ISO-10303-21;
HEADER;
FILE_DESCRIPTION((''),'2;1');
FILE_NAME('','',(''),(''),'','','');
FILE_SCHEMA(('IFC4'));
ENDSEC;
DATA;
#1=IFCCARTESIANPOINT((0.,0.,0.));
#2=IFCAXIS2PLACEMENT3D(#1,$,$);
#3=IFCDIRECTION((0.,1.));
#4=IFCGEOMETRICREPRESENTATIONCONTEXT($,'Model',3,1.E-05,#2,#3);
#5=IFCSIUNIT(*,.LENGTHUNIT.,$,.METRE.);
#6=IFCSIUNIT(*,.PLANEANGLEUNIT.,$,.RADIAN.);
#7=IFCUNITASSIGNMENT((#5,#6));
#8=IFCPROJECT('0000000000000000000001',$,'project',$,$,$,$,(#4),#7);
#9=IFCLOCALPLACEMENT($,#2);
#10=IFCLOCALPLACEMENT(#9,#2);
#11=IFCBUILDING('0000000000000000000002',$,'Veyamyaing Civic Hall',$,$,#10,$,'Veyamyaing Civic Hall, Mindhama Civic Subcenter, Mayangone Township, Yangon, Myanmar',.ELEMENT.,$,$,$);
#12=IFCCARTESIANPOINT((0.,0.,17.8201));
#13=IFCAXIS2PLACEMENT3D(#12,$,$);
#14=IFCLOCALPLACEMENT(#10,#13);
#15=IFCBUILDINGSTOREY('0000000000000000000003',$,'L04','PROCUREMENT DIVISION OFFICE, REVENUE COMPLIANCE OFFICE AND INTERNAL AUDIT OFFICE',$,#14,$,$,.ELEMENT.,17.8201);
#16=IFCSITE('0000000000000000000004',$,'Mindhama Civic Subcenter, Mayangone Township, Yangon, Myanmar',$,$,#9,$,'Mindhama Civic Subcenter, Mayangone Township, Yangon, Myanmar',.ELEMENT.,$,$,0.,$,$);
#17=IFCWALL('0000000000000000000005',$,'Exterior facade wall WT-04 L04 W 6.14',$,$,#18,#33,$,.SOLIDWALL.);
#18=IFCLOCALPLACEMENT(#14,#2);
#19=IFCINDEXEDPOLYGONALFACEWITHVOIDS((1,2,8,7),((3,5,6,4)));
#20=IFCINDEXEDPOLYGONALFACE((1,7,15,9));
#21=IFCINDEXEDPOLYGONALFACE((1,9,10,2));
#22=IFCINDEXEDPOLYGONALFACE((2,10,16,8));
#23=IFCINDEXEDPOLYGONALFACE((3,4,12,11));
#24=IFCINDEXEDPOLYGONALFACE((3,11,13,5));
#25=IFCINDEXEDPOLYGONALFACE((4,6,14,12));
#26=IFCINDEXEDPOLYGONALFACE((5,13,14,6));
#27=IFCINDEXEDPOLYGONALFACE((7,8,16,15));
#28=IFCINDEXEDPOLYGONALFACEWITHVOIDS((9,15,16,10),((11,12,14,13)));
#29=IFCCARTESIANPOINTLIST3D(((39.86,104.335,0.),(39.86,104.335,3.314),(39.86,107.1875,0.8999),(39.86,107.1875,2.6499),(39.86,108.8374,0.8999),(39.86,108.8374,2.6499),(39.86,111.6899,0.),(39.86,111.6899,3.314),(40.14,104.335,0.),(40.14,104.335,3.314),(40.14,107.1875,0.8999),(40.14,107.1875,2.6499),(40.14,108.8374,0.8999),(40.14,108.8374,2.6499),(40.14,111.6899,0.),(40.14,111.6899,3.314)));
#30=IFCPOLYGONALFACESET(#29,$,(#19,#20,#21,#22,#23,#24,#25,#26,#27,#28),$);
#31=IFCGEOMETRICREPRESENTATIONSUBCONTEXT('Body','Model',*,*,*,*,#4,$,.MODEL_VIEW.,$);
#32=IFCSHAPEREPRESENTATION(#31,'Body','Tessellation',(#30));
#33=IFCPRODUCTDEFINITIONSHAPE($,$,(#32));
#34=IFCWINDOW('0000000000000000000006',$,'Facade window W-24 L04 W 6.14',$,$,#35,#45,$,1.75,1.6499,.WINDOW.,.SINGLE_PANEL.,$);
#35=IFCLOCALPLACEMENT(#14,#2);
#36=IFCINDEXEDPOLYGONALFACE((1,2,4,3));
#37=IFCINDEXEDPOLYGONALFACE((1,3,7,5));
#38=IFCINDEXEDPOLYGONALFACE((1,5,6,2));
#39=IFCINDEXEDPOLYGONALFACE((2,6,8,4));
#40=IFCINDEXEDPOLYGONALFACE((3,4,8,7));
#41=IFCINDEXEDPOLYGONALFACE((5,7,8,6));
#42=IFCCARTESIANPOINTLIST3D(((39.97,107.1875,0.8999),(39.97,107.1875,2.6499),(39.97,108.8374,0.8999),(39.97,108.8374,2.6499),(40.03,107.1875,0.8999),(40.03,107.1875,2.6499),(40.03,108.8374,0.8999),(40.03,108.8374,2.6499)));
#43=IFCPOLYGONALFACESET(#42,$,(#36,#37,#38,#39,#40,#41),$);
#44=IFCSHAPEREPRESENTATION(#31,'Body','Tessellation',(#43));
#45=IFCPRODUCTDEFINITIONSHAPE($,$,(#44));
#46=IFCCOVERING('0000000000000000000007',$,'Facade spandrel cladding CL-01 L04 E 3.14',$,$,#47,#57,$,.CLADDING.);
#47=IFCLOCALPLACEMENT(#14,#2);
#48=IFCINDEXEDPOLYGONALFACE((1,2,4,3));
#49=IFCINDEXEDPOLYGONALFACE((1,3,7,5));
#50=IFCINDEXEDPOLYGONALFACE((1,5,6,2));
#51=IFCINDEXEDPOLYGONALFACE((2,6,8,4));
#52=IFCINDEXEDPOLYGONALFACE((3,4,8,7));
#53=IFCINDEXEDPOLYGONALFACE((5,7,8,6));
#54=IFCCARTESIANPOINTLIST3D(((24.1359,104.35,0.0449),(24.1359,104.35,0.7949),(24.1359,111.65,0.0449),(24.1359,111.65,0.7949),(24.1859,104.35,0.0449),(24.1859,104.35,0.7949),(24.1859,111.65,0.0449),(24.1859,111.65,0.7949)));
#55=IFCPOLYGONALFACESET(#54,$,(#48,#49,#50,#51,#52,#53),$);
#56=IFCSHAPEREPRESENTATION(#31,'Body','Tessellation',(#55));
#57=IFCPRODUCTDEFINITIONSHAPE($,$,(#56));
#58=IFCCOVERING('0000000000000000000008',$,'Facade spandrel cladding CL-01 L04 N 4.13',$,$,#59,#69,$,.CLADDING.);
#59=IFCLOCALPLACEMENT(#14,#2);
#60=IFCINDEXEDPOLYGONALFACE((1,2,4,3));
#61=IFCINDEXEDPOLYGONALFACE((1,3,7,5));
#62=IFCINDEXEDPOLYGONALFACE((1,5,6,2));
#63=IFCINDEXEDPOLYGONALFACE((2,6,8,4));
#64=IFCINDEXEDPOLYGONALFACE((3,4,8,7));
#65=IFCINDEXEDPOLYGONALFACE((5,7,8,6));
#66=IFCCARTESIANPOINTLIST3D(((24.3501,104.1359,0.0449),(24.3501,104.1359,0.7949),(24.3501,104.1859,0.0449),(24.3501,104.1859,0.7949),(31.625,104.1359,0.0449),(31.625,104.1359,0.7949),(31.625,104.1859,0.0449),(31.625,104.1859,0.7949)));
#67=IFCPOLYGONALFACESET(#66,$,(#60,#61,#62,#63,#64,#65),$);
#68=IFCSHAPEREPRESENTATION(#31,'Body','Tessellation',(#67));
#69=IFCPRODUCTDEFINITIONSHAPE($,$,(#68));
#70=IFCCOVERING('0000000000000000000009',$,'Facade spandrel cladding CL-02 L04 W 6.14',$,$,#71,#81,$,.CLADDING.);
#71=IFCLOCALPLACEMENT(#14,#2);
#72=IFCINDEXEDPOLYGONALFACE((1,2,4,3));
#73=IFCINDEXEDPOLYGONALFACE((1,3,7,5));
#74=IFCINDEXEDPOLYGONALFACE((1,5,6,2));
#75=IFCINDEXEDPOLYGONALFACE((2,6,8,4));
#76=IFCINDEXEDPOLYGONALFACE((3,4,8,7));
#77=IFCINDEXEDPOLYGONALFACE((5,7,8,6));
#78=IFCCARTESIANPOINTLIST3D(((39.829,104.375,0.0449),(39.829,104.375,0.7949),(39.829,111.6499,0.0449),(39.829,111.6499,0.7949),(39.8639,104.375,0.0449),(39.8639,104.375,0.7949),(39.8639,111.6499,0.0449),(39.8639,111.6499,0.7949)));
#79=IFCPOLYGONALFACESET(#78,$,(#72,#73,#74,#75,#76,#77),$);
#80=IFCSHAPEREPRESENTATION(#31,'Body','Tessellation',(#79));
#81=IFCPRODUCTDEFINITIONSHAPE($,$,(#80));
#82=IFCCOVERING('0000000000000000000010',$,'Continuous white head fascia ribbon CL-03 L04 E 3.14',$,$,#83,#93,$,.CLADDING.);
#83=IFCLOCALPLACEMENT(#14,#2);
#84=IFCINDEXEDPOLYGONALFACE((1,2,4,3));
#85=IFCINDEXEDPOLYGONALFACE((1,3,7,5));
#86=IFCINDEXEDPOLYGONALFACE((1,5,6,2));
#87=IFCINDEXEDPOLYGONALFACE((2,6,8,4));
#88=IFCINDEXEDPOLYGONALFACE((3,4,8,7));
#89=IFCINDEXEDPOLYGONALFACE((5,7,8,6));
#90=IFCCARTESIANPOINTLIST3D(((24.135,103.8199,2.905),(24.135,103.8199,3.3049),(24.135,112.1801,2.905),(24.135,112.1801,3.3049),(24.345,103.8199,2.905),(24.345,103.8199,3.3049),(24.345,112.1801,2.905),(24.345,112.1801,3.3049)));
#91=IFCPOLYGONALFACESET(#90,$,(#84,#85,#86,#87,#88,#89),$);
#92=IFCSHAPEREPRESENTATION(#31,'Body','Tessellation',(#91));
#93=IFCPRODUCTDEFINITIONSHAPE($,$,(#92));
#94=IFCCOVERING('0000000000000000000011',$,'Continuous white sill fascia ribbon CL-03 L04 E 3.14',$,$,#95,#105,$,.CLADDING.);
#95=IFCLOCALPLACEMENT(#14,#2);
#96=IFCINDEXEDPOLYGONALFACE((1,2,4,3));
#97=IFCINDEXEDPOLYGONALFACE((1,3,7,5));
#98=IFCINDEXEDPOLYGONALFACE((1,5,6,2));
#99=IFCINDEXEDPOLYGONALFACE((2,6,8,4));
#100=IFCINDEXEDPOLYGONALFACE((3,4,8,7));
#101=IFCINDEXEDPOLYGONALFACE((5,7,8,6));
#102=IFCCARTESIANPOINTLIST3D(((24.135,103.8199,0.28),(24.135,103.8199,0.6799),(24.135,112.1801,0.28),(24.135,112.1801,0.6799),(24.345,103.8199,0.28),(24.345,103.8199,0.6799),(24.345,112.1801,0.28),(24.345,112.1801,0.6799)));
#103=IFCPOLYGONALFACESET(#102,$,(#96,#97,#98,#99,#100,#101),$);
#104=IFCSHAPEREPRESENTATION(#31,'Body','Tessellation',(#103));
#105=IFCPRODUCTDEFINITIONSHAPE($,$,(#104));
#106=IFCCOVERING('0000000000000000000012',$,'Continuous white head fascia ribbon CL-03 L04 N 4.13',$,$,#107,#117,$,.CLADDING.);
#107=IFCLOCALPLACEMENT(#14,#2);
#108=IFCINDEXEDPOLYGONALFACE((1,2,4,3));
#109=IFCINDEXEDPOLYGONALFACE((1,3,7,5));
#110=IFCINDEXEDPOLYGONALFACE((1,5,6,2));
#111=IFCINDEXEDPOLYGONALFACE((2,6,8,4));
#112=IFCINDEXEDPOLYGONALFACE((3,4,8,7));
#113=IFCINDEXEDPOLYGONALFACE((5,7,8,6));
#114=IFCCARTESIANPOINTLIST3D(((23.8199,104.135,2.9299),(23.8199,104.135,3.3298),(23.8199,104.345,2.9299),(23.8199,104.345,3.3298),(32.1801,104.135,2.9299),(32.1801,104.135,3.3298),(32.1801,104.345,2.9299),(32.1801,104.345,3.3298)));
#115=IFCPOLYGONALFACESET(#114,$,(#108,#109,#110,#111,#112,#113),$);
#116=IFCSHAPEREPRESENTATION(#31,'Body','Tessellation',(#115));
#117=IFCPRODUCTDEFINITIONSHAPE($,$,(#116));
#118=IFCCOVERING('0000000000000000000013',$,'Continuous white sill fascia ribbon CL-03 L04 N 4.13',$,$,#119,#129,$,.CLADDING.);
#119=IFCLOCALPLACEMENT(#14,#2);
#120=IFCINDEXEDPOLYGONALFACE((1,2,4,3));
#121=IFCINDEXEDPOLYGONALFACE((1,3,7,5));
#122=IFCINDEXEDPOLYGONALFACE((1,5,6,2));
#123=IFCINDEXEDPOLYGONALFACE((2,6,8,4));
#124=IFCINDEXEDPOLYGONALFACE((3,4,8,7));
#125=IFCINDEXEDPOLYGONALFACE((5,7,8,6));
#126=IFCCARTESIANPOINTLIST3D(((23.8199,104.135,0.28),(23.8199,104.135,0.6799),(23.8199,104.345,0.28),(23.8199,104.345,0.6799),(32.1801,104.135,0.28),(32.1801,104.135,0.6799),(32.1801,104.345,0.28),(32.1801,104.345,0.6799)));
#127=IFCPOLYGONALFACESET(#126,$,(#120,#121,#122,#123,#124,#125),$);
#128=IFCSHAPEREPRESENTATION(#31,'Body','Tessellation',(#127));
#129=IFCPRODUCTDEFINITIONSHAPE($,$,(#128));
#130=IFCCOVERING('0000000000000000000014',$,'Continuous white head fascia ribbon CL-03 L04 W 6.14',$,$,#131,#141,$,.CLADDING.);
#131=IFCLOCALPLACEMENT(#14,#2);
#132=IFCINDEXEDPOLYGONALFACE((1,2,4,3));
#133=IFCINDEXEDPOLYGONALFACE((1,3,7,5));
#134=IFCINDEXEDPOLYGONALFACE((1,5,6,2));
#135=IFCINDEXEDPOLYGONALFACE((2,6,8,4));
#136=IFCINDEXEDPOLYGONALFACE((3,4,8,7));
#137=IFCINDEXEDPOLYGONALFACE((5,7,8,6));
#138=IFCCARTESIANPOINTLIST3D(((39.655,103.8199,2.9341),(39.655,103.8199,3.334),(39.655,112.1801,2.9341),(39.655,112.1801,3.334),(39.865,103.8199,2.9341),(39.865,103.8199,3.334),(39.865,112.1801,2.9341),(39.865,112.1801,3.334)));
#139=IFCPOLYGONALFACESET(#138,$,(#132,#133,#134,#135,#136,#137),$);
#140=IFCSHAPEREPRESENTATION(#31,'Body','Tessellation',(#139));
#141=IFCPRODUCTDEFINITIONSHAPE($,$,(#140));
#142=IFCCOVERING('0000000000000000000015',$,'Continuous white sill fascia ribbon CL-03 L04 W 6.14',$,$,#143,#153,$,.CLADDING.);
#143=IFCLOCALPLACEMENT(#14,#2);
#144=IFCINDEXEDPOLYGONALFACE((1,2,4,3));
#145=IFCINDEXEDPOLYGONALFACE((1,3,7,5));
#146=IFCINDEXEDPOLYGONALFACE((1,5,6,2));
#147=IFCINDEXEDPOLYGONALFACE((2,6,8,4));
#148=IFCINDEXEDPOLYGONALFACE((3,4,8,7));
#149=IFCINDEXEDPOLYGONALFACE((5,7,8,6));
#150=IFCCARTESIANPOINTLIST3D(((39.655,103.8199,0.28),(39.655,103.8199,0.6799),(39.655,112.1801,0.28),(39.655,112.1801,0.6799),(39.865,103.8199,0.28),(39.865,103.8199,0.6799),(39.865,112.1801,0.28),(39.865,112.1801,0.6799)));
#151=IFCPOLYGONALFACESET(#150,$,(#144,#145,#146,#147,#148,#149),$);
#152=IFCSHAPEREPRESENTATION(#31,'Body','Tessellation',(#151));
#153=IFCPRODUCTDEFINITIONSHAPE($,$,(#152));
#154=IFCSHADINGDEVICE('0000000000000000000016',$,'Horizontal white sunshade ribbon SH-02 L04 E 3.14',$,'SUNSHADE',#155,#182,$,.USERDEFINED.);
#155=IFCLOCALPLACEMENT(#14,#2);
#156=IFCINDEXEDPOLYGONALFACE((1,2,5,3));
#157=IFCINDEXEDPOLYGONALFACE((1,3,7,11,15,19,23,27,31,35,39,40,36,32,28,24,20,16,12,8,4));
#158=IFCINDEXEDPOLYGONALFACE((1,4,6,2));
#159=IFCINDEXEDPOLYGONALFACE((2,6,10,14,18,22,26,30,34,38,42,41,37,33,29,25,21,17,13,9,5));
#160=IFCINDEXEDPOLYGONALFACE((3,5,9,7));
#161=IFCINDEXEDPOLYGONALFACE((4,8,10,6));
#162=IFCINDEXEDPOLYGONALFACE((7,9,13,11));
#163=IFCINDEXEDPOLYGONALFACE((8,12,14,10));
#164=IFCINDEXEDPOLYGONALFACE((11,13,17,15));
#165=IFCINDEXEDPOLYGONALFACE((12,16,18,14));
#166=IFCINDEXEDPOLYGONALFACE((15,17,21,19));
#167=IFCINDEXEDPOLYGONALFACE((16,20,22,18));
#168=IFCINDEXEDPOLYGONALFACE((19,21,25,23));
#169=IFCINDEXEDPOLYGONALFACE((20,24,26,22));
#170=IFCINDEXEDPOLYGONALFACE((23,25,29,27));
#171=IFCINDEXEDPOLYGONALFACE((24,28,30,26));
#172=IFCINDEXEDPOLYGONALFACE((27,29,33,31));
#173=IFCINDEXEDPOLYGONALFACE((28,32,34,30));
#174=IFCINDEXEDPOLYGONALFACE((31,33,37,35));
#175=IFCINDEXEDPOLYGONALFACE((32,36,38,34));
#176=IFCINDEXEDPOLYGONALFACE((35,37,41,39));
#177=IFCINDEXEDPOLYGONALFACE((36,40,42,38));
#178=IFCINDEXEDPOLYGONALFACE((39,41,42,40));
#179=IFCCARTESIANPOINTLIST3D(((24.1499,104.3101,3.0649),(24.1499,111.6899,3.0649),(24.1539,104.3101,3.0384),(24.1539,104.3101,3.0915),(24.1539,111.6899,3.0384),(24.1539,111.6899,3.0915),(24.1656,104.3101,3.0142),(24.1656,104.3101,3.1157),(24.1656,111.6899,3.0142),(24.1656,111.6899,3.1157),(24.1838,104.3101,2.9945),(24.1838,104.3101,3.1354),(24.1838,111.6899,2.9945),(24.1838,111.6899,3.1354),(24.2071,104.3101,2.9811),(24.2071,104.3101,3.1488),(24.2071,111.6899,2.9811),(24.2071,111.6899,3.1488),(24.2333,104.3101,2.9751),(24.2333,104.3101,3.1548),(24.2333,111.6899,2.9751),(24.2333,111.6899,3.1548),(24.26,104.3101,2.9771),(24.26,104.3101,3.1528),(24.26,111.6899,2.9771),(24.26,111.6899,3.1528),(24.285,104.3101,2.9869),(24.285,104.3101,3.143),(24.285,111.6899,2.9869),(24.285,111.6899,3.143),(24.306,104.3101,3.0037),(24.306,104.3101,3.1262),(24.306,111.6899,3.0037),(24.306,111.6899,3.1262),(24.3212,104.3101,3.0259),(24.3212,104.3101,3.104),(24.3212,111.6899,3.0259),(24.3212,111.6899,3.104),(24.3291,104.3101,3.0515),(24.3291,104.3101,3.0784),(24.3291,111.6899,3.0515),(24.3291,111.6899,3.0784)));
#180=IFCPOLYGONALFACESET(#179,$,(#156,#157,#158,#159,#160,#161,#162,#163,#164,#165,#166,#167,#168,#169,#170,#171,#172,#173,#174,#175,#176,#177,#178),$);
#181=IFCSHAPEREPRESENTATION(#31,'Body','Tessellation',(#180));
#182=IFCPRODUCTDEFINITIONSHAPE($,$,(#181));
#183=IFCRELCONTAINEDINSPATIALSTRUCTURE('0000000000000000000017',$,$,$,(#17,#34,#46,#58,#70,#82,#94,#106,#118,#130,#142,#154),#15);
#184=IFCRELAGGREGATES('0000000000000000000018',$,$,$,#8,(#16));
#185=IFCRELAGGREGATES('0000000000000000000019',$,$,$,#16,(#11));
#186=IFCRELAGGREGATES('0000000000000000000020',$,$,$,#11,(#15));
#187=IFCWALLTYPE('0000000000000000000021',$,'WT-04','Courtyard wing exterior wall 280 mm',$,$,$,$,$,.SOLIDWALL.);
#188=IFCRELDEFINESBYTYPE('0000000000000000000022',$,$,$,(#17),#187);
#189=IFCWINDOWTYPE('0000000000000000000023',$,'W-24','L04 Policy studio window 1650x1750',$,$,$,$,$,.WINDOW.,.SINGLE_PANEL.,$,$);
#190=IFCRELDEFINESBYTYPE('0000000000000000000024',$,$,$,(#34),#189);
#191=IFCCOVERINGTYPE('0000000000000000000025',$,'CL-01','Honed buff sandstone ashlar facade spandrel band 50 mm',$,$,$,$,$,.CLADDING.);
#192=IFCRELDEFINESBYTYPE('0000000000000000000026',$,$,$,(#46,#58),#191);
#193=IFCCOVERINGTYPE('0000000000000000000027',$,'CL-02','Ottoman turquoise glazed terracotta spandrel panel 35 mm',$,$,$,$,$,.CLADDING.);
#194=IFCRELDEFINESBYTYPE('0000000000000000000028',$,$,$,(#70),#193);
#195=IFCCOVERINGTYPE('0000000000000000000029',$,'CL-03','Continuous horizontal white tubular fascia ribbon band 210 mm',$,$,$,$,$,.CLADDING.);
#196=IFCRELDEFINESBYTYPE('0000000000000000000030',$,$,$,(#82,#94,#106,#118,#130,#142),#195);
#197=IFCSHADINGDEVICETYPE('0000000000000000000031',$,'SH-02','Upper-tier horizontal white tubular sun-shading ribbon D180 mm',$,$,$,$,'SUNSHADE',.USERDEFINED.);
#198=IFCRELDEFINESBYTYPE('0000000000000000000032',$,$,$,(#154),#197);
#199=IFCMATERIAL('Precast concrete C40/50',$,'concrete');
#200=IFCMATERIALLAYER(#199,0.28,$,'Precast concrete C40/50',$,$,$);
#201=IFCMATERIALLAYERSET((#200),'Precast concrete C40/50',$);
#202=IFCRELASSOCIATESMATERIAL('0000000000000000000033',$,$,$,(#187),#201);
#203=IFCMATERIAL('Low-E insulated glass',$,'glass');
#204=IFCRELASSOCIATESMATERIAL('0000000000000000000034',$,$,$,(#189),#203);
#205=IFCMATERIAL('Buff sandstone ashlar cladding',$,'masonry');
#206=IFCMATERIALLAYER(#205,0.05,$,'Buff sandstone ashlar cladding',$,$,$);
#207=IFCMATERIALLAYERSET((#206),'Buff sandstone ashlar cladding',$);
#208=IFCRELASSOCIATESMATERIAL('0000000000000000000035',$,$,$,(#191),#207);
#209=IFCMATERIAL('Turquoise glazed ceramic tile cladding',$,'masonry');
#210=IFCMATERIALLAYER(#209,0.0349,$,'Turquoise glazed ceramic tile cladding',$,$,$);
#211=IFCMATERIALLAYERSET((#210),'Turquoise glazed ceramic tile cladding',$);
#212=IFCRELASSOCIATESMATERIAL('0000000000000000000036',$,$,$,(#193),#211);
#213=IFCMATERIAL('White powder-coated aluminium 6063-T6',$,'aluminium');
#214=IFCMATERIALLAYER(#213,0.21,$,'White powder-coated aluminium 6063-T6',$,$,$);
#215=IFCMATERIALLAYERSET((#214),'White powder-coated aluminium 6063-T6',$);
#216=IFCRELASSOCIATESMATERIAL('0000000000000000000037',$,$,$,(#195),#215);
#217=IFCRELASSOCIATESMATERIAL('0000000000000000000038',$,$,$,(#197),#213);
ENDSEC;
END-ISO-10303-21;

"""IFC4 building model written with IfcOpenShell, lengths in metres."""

from ifc_helpers import new_model, si_unit, direction, frame, frame_2d, origin, origin_2d, place, context, subcontext, project, spatial, rectangle, circle, extrude, material, layer, layer_set, material_profile, profile_set, type_object, element, fill, save


model = new_model("IFC4")

# Units and contexts
model_context = context("Model", 3, precision=1e-05, world=origin(), true_north=direction((0.0, 1.0)))
body_context = subcontext(model_context, "Body", "Model", "MODEL_VIEW")
ifc_project = project(units=[si_unit("LENGTHUNIT", "METRE"), si_unit("PLANEANGLEUNIT", "RADIAN")], contexts=[model_context])

# Site, building, storey
site_placement = place(None, origin())
site = spatial("IfcSite", under=ifc_project, at=site_placement, Name="Mindhama Civic Subcenter, Mayangone Township, Yangon, Myanmar", LongName="Mindhama Civic Subcenter, Mayangone Township, Yangon, Myanmar", CompositionType="ELEMENT", RefElevation=0.0)
building_placement = place(site_placement, origin())
building = spatial("IfcBuilding", under=site, at=building_placement, Name="Veyamyaing Civic Hall", LongName="Veyamyaing Civic Hall, Mindhama Civic Subcenter, Mayangone Township, Yangon, Myanmar", CompositionType="ELEMENT")
storey_placement = place(building_placement, frame((0.0, 0.0, 17.8201)))
storey = spatial("IfcBuildingStorey", under=building, at=storey_placement, Name="L04", Description="PROCUREMENT DIVISION OFFICE, REVENUE COMPLIANCE OFFICE AND INTERNAL AUDIT OFFICE", CompositionType="ELEMENT", Elevation=17.8201)

# Wall, opening, window
ifc_material_1 = material(Name="Precast concrete C40/50", Category="concrete")
ifc_layer_1 = layer(ifc_material_1, 0.28, Name="Precast concrete C40/50")
ifc_layer_set_1 = layer_set([ifc_layer_1], Name="Precast concrete C40/50")
wall_type = type_object("IfcWallType", Name="WT-04", Description="Courtyard wing exterior wall 280 mm", PredefinedType="SOLIDWALL", material=ifc_layer_set_1)
ifc_material_2 = material(Name="Low-E insulated glass", Category="glass")
wall_1_placement = place(storey_placement, frame((40.0, 104.335, 0.0), z_axis=(0.0, 0.0, 1.0), x_axis=(0.0, 1.0, 0.0)))
wall_1 = element("IfcWall", 1, at=wall_1_placement, inside=storey, type_object=wall_type, Name="Exterior facade wall WT-04 L04 W 6.14", PredefinedType="SOLIDWALL", context=body_context, shape_type="SweptSolid", body=[
    extrude(rectangle(XDim=7.355, YDim=0.28, at=frame_2d((3.6775, 0.0))), origin(), (0.0, 0.0, 1.0), 3.314),
])
opening_1_placement = place(wall_1_placement, frame((2.8525, 0.0, 0.8999)))
opening_1 = element("IfcOpeningElement", 2, at=opening_1_placement, cuts=wall_1, PredefinedType="OPENING", context=body_context, shape_type="SweptSolid", body=[
    extrude(rectangle(XDim=1.6499, YDim=1.75, at=frame_2d((0.825, 0.875))), frame((0.0, 0.1499, 0.0), z_axis=(0.0, -1.0, 0.0), x_axis=(1.0, 0.0, 0.0)), (0.0, 0.0, 1.0), 0.3),
])
window_type_1 = type_object("IfcWindowType", Name="W-24", Description="L04 Policy studio window 1650x1750", PartitioningType="SINGLE_PANEL", PredefinedType="WINDOW", material=ifc_material_2)
window_1_placement = place(opening_1_placement, origin())
window_1 = element("IfcWindow", 3, at=window_1_placement, inside=storey, type_object=window_type_1, Name="Facade window W-24 L04 W 6.14", OverallHeight=1.75, OverallWidth=1.6499, PartitioningType="SINGLE_PANEL", PredefinedType="WINDOW", context=body_context, shape_type="SweptSolid", body=[
    extrude(rectangle(XDim=1.6499, YDim=1.75, at=frame_2d((0.825, 0.875))), frame((0.0, 0.03, 0.0), z_axis=(0.0, -1.0, 0.0), x_axis=(1.0, 0.0, 0.0)), (0.0, 0.0, 1.0), 0.0601),
])
fill(opening_1, window_1)

# Coverings
ifc_material_3 = material(Name="Buff sandstone ashlar cladding", Category="masonry")
ifc_layer_2 = layer(ifc_material_3, 0.05, Name="Buff sandstone ashlar cladding")
ifc_layer_set_2 = layer_set([ifc_layer_2], Name="Buff sandstone ashlar cladding")
covering_type_1 = type_object("IfcCoveringType", Name="CL-01", Description="Honed buff sandstone ashlar facade spandrel band 50 mm", PredefinedType="CLADDING", material=ifc_layer_set_2)
covering_1_placement = place(storey_placement, frame((24.1609, 108.0, 0.0449), z_axis=(0.0, 0.0, 1.0), x_axis=(0.0, 1.0, 0.0)))
element("IfcCovering", 4, at=covering_1_placement, inside=storey, type_object=covering_type_1, Name="Facade spandrel cladding CL-01 L04 E 3.14", PredefinedType="CLADDING", context=body_context, shape_type="SweptSolid", body=[
    extrude(rectangle(XDim=7.3, YDim=0.05, at=origin_2d()), origin(), (0.0, 0.0, 1.0), 0.75),
])
covering_2_placement = place(storey_placement, frame((27.9875, 104.1609, 0.0449), z_axis=(0.0, 0.0, 1.0), x_axis=(1.0, 0.0, 0.0)))
element("IfcCovering", 5, at=covering_2_placement, inside=storey, type_object=covering_type_1, Name="Facade spandrel cladding CL-01 L04 N 4.13", PredefinedType="CLADDING", context=body_context, shape_type="SweptSolid", body=[
    extrude(rectangle(XDim=7.2749, YDim=0.05, at=origin_2d()), origin(), (0.0, 0.0, 1.0), 0.75),
])
ifc_material_4 = material(Name="Turquoise glazed ceramic tile cladding", Category="masonry")
ifc_layer_3 = layer(ifc_material_4, 0.0349, Name="Turquoise glazed ceramic tile cladding")
ifc_layer_set_3 = layer_set([ifc_layer_3], Name="Turquoise glazed ceramic tile cladding")
covering_type_2 = type_object("IfcCoveringType", Name="CL-02", Description="Ottoman turquoise glazed terracotta spandrel panel 35 mm", PredefinedType="CLADDING", material=ifc_layer_set_3)
covering_3_placement = place(storey_placement, frame((39.8464, 108.0125, 0.0449), z_axis=(0.0, 0.0, 1.0), x_axis=(0.0, 1.0, 0.0)))
element("IfcCovering", 6, at=covering_3_placement, inside=storey, type_object=covering_type_2, Name="Facade spandrel cladding CL-02 L04 W 6.14", PredefinedType="CLADDING", context=body_context, shape_type="SweptSolid", body=[
    extrude(rectangle(XDim=7.2749, YDim=0.0349, at=origin_2d()), origin(), (0.0, 0.0, 1.0), 0.75),
])
ifc_material_5 = material(Name="White powder-coated aluminium 6063-T6", Category="aluminium")
ifc_layer_4 = layer(ifc_material_5, 0.21, Name="White powder-coated aluminium 6063-T6")
ifc_layer_set_4 = layer_set([ifc_layer_4], Name="White powder-coated aluminium 6063-T6")
covering_type_3 = type_object("IfcCoveringType", Name="CL-03", Description="Continuous horizontal white tubular fascia ribbon band 210 mm", PredefinedType="CLADDING", material=ifc_layer_set_4)
for number, where, z_axis, x_axis, name in (
    (7, (24.24, 108.0, 2.905), (0.0, 0.0, 1.0), (0.0, 1.0, 0.0), "Continuous white head fascia ribbon CL-03 L04 E 3.14"),
    (8, (24.24, 108.0, 0.28), (0.0, 0.0, 1.0), (0.0, 1.0, 0.0), "Continuous white sill fascia ribbon CL-03 L04 E 3.14"),
    (9, (28.0, 104.24, 2.9299), (0.0, 0.0, 1.0), (1.0, 0.0, 0.0), "Continuous white head fascia ribbon CL-03 L04 N 4.13"),
    (10, (28.0, 104.24, 0.28), (0.0, 0.0, 1.0), (1.0, 0.0, 0.0), "Continuous white sill fascia ribbon CL-03 L04 N 4.13"),
    (11, (39.76, 108.0, 2.9341), (0.0, 0.0, 1.0), (0.0, 1.0, 0.0), "Continuous white head fascia ribbon CL-03 L04 W 6.14"),
    (12, (39.76, 108.0, 0.28), (0.0, 0.0, 1.0), (0.0, 1.0, 0.0), "Continuous white sill fascia ribbon CL-03 L04 W 6.14"),
):
    element("IfcCovering", number, at=place(storey_placement, frame(where, z_axis=z_axis, x_axis=x_axis)), inside=storey, type_object=covering_type_3, Name=name, PredefinedType="CLADDING", context=body_context, shape_type="SweptSolid", body=[
        extrude(rectangle(XDim=8.3601, YDim=0.21, at=origin_2d()), origin(), (0.0, 0.0, 1.0), 0.3999),
    ])

# Shading device
ifc_material_profile_1 = material_profile(ifc_material_5, circle(Radius=0.0901, at=origin_2d()), Name="SHADE-TUBE-180")
ifc_profile_set_1 = profile_set([ifc_material_profile_1], Name="White powder-coated aluminium 6063-T6")
shading_device_type = type_object("IfcShadingDeviceType", Name="SH-02", Description="Upper-tier horizontal white tubular sun-shading ribbon D180 mm", ElementType="SUNSHADE", PredefinedType="USERDEFINED", material=ifc_profile_set_1)
shading_device_placement = place(storey_placement, frame((24.24, 104.3101, 3.0649), z_axis=(0.0, 1.0, 0.0), x_axis=(-1.0, 0.0, 0.0)))
element("IfcShadingDevice", 13, at=shading_device_placement, inside=storey, type_object=shading_device_type, Name="Horizontal white sunshade ribbon SH-02 L04 E 3.14", ObjectType="SUNSHADE", PredefinedType="USERDEFINED", context=body_context, shape_type="SweptSolid", body=[
    extrude(circle(Radius=0.0901, at=origin_2d()), origin(), (0.0, 0.0, 1.0), 7.3799),
])

save(model, "model.ifc")
